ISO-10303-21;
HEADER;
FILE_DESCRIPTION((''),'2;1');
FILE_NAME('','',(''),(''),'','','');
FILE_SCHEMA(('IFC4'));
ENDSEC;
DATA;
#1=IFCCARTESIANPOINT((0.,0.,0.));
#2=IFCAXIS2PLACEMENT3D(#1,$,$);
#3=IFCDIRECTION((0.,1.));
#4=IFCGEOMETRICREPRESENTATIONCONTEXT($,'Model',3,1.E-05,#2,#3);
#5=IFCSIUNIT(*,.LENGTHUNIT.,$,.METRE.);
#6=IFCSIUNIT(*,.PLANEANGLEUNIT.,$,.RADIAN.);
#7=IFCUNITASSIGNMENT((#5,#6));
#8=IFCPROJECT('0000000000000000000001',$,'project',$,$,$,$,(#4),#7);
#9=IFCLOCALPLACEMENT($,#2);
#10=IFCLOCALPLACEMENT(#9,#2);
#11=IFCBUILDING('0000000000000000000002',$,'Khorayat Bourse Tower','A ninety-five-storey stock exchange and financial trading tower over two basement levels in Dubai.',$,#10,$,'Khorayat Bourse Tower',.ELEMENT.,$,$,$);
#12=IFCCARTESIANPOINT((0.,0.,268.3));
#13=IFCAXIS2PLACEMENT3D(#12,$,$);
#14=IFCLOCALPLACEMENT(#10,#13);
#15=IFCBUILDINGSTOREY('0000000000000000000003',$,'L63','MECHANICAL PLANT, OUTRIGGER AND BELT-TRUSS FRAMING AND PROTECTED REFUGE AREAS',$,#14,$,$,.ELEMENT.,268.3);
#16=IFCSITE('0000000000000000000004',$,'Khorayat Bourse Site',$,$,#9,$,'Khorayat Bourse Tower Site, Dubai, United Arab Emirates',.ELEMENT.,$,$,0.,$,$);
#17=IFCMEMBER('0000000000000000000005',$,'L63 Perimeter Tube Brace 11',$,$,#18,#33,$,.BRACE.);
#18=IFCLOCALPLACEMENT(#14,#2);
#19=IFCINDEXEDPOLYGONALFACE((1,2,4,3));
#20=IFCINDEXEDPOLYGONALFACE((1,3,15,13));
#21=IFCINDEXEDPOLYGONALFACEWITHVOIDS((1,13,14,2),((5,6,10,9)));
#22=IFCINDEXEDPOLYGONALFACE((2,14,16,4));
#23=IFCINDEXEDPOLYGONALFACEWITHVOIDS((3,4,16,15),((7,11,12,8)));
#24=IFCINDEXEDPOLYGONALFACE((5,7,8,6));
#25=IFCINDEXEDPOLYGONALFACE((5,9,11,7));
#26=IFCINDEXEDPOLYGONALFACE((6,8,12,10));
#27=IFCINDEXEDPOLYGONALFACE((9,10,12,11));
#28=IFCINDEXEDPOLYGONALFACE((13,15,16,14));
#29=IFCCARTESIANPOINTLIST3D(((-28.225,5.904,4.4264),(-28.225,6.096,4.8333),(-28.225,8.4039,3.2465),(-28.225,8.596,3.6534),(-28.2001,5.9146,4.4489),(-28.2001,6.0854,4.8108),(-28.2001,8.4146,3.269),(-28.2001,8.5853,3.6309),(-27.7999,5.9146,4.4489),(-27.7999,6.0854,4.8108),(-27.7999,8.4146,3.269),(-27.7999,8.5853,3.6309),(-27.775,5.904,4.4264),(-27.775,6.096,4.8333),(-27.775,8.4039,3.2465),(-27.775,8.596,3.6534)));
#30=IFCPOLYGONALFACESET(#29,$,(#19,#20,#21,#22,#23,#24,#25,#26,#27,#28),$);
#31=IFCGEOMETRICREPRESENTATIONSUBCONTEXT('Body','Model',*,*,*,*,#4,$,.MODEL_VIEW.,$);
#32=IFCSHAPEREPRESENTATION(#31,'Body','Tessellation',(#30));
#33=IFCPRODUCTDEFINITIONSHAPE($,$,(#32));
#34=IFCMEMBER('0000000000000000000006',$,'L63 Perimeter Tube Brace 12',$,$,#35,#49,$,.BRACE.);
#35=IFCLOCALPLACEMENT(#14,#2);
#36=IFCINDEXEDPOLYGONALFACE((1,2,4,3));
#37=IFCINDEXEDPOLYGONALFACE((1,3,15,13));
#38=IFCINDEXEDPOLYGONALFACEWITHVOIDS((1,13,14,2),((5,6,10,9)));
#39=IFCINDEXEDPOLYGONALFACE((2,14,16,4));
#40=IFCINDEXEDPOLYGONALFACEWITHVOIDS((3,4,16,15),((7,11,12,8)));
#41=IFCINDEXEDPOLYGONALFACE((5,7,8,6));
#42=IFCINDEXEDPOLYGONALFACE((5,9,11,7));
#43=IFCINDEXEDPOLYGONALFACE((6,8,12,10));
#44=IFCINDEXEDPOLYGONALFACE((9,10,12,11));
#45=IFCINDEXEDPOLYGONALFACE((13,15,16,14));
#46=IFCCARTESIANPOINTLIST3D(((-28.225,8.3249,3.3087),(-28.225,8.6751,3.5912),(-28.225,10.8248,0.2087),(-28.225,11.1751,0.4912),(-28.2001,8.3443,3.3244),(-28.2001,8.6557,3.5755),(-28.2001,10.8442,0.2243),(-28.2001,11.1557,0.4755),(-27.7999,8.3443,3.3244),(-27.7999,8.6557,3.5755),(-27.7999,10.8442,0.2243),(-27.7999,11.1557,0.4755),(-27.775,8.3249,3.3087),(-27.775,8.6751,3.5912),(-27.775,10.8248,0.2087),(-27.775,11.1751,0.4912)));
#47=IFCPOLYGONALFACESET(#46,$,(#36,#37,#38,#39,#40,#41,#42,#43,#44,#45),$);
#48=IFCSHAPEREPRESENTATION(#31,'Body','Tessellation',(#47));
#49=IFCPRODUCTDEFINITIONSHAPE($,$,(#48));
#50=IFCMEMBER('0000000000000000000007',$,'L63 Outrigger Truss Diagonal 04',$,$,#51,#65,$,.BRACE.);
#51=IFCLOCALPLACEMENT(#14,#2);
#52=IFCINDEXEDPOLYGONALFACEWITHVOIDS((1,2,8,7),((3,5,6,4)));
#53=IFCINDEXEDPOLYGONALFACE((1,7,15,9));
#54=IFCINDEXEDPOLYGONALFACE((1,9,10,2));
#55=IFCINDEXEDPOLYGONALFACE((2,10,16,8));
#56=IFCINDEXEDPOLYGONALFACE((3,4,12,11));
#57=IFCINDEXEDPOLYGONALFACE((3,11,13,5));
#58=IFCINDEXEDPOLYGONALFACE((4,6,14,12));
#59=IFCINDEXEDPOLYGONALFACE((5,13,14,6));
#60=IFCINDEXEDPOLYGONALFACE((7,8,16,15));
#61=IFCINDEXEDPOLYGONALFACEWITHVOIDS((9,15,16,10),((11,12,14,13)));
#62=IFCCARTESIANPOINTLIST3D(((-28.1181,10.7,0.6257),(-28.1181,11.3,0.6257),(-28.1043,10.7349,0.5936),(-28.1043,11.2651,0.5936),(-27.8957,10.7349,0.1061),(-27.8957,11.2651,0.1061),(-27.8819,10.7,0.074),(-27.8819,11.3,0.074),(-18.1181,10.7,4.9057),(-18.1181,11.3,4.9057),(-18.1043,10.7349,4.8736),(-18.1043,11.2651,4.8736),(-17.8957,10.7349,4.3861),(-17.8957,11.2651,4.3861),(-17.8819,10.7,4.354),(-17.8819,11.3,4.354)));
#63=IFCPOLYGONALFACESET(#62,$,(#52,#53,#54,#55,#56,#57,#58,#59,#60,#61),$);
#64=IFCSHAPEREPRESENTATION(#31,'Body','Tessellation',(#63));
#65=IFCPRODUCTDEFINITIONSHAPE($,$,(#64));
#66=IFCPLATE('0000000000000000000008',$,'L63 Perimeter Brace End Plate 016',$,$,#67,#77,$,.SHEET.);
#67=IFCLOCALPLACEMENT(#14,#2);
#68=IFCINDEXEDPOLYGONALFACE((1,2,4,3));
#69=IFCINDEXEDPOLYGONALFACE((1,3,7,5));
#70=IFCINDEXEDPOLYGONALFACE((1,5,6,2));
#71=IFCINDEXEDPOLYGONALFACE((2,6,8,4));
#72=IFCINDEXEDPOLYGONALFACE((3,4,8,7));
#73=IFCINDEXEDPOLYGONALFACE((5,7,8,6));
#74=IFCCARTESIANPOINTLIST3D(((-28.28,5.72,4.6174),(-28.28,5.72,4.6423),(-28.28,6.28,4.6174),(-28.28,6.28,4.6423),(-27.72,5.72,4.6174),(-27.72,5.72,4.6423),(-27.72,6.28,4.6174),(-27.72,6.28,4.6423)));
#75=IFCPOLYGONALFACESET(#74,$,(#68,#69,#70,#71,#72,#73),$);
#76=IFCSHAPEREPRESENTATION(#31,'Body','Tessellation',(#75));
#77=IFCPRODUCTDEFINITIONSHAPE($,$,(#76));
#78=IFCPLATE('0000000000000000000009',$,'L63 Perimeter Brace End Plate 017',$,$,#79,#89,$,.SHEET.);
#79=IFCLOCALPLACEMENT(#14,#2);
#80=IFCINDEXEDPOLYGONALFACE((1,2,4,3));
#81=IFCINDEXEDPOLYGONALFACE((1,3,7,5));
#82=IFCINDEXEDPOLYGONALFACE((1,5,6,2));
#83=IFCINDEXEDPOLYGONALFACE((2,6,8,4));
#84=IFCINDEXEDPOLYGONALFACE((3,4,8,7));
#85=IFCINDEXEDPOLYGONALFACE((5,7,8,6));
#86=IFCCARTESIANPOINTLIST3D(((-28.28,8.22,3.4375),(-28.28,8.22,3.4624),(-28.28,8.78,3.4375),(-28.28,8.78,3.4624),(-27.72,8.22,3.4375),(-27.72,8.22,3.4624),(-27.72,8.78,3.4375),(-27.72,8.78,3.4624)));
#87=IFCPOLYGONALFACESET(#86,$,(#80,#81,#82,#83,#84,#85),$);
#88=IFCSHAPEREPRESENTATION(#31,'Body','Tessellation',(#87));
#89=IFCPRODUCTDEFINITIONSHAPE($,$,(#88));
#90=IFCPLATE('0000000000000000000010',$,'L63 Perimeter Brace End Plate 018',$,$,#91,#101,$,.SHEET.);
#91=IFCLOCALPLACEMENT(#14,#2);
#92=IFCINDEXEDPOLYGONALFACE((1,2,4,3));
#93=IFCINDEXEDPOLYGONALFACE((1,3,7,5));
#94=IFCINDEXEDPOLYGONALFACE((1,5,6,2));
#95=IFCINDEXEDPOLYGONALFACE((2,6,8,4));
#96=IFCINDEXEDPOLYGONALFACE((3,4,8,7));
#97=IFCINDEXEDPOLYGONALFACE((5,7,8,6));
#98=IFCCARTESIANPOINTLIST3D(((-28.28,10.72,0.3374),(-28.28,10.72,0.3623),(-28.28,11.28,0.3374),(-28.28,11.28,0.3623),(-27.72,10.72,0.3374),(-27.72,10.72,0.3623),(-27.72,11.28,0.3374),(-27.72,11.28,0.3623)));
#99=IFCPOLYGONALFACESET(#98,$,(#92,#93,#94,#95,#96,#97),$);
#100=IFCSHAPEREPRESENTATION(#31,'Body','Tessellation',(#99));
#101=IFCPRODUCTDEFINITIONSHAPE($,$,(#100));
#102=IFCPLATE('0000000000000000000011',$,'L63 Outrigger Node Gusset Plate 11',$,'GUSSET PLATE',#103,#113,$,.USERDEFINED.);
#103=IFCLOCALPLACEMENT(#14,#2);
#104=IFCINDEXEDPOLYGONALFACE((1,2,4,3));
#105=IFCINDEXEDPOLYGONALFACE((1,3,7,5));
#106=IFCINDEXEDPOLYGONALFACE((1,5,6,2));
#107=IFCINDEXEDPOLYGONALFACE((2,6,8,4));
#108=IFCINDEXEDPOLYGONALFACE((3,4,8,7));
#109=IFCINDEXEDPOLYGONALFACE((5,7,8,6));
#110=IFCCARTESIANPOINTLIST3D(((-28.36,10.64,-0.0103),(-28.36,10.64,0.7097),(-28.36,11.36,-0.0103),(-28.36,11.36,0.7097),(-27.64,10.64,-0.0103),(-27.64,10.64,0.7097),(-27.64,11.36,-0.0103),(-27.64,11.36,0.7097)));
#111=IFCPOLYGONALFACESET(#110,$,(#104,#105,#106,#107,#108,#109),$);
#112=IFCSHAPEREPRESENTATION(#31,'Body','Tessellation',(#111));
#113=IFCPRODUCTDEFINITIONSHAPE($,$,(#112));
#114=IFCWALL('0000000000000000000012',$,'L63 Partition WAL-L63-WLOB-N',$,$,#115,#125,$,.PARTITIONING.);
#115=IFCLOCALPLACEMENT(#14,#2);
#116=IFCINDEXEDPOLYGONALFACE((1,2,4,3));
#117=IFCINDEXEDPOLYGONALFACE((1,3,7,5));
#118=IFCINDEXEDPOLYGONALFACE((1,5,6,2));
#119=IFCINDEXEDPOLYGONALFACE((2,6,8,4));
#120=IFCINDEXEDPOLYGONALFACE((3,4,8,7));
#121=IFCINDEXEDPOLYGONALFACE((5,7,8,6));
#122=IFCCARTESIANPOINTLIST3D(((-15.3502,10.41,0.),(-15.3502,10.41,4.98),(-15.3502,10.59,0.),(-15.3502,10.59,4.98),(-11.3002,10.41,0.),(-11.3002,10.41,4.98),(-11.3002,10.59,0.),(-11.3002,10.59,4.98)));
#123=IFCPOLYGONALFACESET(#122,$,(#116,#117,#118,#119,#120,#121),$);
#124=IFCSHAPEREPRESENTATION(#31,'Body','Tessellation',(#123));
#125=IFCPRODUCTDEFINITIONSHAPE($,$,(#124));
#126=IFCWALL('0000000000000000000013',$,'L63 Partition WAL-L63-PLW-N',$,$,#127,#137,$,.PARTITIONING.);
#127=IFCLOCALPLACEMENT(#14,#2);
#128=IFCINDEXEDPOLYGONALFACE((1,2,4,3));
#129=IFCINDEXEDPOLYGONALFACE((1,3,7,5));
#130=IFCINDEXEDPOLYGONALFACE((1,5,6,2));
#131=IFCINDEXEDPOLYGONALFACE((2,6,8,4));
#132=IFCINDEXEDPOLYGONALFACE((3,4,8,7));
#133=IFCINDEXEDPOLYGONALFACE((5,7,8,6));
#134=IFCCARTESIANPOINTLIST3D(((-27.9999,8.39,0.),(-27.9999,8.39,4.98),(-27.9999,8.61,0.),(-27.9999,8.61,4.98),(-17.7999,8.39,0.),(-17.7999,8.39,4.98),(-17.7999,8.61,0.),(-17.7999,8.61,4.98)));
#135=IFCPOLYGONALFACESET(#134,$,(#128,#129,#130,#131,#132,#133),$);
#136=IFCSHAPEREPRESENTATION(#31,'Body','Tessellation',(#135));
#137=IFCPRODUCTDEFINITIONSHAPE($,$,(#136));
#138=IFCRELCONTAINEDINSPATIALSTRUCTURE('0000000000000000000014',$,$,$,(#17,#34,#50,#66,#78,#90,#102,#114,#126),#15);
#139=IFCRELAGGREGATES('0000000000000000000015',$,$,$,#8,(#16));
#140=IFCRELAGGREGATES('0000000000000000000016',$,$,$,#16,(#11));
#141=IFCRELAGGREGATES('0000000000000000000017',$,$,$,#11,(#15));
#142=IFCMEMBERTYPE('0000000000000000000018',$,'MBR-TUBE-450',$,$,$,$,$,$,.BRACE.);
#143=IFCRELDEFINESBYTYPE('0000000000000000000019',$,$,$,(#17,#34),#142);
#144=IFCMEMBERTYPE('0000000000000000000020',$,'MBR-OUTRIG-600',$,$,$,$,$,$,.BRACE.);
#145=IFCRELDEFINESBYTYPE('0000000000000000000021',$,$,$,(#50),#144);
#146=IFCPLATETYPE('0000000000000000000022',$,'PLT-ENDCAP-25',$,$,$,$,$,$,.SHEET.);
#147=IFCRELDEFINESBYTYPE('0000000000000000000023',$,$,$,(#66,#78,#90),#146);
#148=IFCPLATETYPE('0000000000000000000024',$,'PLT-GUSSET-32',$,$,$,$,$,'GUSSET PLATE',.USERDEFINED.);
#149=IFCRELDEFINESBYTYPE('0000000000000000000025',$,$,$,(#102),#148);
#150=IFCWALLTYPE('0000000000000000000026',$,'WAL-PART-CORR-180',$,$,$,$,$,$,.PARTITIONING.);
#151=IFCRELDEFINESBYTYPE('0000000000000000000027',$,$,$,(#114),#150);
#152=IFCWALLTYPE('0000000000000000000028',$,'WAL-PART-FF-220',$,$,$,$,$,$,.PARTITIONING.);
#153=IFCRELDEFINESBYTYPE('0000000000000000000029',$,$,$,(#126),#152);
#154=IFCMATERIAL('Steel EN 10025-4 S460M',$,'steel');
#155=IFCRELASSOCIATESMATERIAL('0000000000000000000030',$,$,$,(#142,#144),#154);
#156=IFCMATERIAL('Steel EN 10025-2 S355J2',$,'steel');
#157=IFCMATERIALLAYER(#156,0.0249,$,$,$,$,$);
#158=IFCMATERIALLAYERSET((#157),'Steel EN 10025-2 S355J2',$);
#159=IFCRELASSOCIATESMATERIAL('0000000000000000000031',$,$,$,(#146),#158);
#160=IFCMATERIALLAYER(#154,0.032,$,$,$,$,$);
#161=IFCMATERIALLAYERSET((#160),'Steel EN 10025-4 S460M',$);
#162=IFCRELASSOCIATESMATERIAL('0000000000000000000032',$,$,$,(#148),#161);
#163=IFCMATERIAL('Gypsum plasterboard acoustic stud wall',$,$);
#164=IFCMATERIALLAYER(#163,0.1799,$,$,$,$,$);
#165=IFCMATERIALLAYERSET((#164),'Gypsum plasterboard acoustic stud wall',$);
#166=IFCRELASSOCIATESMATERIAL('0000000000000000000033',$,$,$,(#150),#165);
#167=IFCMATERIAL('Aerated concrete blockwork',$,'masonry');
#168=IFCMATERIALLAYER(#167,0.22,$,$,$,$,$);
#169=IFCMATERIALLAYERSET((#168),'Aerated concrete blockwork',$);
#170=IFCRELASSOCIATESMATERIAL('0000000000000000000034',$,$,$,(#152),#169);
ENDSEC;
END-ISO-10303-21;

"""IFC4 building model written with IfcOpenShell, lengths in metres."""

from ifc_helpers import new_model, si_unit, direction, frame, frame_2d, origin, origin_2d, place, context, subcontext, project, spatial, rectangle, hollow_rectangle, extrude, source, transform, mapped, material, layer, layer_set, material_profile, profile_set, type_object, element, save


model = new_model("IFC4")

# Units and contexts
model_context = context("Model", 3, precision=1e-05, world=origin(), true_north=direction((0.0, 1.0)))
body_context = subcontext(model_context, "Body", "Model", "MODEL_VIEW")
ifc_project = project(units=[si_unit("LENGTHUNIT", "METRE"), si_unit("PLANEANGLEUNIT", "RADIAN")], contexts=[model_context])

# Site, building, storey
site_placement = place(None, origin())
site = spatial("IfcSite", under=ifc_project, at=site_placement, Name="Khorayat Bourse Site", LongName="Khorayat Bourse Tower Site, Dubai, United Arab Emirates", CompositionType="ELEMENT", RefElevation=0.0)
building_placement = place(site_placement, origin())
building = spatial("IfcBuilding", under=site, at=building_placement, Name="Khorayat Bourse Tower", Description="A ninety-five-storey stock exchange and financial trading tower over two basement levels in Dubai.", LongName="Khorayat Bourse Tower", CompositionType="ELEMENT")
storey_placement = place(building_placement, frame((0.0, 0.0, 268.3)))
storey = spatial("IfcBuildingStorey", under=building, at=storey_placement, Name="L63", Description="MECHANICAL PLANT, OUTRIGGER AND BELT-TRUSS FRAMING AND PROTECTED REFUGE AREAS", CompositionType="ELEMENT", Elevation=268.3)

# Shared definitions
ifc_material_1 = material(Name="Steel EN 10025-4 S460M", Category="steel")

# Members
ifc_material_profile_1 = material_profile(ifc_material_1, hollow_rectangle(XDim=0.45, YDim=0.45, WallThickness=0.0249, at=origin_2d()), Name="HSS 450x450x25")
ifc_profile_set_1 = profile_set([ifc_material_profile_1], Name="Steel EN 10025-4 S460M")
member_type_1 = type_object("IfcMemberType", Name="MBR-TUBE-450", PredefinedType="BRACE", material=ifc_profile_set_1)
shared_shape_1 = source(origin(), body_context, "Body", "SweptSolid", [
    extrude(hollow_rectangle(XDim=0.45, YDim=0.45, WallThickness=0.0249, at=origin_2d()), origin(), (0.0, 0.0, 1.0), 2.7644),
])
member_1_placement = place(storey_placement, frame((-28.0, 6.0, 4.6299), z_axis=(0.0, 0.904336, -0.426822), x_axis=(-1.0, 0.0, 0.0)))
element("IfcMember", 1, at=member_1_placement, inside=storey, type_object=member_type_1, Name="L63 Perimeter Tube Brace 11", PredefinedType="BRACE", context=body_context, shape_type="MappedRepresentation", body=[
    mapped(shared_shape_1, transform((0.0, 0.0, 0.0), scale=1.0)),
])
shared_shape_2 = source(origin(), body_context, "Body", "SweptSolid", [
    extrude(hollow_rectangle(XDim=0.45, YDim=0.45, WallThickness=0.0249, at=origin_2d()), origin(), (0.0, 0.0, 1.0), 3.9824),
])
member_2_placement = place(storey_placement, frame((-28.0, 8.5, 3.45), z_axis=(0.0, 0.62774, -0.778423), x_axis=(-1.0, 0.0, 0.0)))
element("IfcMember", 2, at=member_2_placement, inside=storey, type_object=member_type_1, Name="L63 Perimeter Tube Brace 12", PredefinedType="BRACE", context=body_context, shape_type="MappedRepresentation", body=[
    mapped(shared_shape_2, transform((0.0, 0.0, 0.0), scale=1.0)),
])
ifc_material_profile_2 = material_profile(ifc_material_1, hollow_rectangle(XDim=0.6001, YDim=0.6001, WallThickness=0.0349, at=origin_2d()), Name="BOX 600x600x35")
ifc_profile_set_2 = profile_set([ifc_material_profile_2], Name="Steel EN 10025-4 S460M")
member_type_2 = type_object("IfcMemberType", Name="MBR-OUTRIG-600", PredefinedType="BRACE", material=ifc_profile_set_2)
shared_shape_3 = source(origin(), body_context, "Body", "SweptSolid", [
    extrude(hollow_rectangle(XDim=0.6001, YDim=0.6001, WallThickness=0.0349, at=origin_2d()), origin(), (0.0, 0.0, 1.0), 10.8774),
])
member_3_placement = place(storey_placement, frame((-18.0, 11.0, 4.6299), z_axis=(-0.919334, 0.0, -0.393478), x_axis=(0.0, -1.0, 0.0)))
element("IfcMember", 3, at=member_3_placement, inside=storey, type_object=member_type_2, Name="L63 Outrigger Truss Diagonal 04", PredefinedType="BRACE", context=body_context, shape_type="MappedRepresentation", body=[
    mapped(shared_shape_3, transform((0.0, 0.0, 0.0), scale=1.0)),
])

# Plates
ifc_material_2 = material(Name="Steel EN 10025-2 S355J2", Category="steel")
ifc_layer_1 = layer(ifc_material_2, 0.0249)
ifc_layer_set_1 = layer_set([ifc_layer_1], Name="Steel EN 10025-2 S355J2")
plate_type_1 = type_object("IfcPlateType", Name="PLT-ENDCAP-25", PredefinedType="SHEET", material=ifc_layer_set_1)
shared_shape_4 = source(origin(), body_context, "Body", "SweptSolid", [
    extrude(rectangle(XDim=0.5601, YDim=0.5601, at=origin_2d()), origin(), (0.0, 0.0, 1.0), 0.0249),
])
for number, where, z_axis, x_axis, name in (
    (4, (-28.0, 6.0, 4.6174), (0.0, 0.0, 1.0), (1.0, 0.0, 0.0), "L63 Perimeter Brace End Plate 016"),
    (5, (-28.0, 8.5, 3.4375), (0.0, 0.0, 1.0), (1.0, 0.0, 0.0), "L63 Perimeter Brace End Plate 017"),
    (6, (-28.0, 11.0, 0.3374), (0.0, 0.0, 1.0), (1.0, 0.0, 0.0), "L63 Perimeter Brace End Plate 018"),
):
    element("IfcPlate", number, at=place(storey_placement, frame(where, z_axis=z_axis, x_axis=x_axis)), inside=storey, type_object=plate_type_1, Name=name, PredefinedType="SHEET", context=body_context, shape_type="MappedRepresentation", body=[
        mapped(shared_shape_4, transform((0.0, 0.0, 0.0), scale=1.0)),
    ])
ifc_layer_2 = layer(ifc_material_1, 0.032)
ifc_layer_set_2 = layer_set([ifc_layer_2], Name="Steel EN 10025-4 S460M")
plate_type_2 = type_object("IfcPlateType", Name="PLT-GUSSET-32", ElementType="GUSSET PLATE", PredefinedType="USERDEFINED", material=ifc_layer_set_2)
shared_shape_5 = source(origin(), body_context, "Body", "SweptSolid", [
    extrude(rectangle(XDim=0.72, YDim=0.72, at=origin_2d()), origin(), (0.0, 0.0, 1.0), 0.72),
])
plate_placement = place(storey_placement, frame((-28.0, 11.0, -0.0103), z_axis=(0.0, 0.0, 1.0), x_axis=(1.0, 0.0, 0.0)))
element("IfcPlate", 7, at=plate_placement, inside=storey, type_object=plate_type_2, Name="L63 Outrigger Node Gusset Plate 11", ObjectType="GUSSET PLATE", PredefinedType="USERDEFINED", context=body_context, shape_type="MappedRepresentation", body=[
    mapped(shared_shape_5, transform((0.0, 0.0, 0.0), scale=1.0)),
])

# Walls
ifc_material_3 = material(Name="Gypsum plasterboard acoustic stud wall")
ifc_layer_3 = layer(ifc_material_3, 0.1799)
ifc_layer_set_3 = layer_set([ifc_layer_3], Name="Gypsum plasterboard acoustic stud wall")
wall_type_1 = type_object("IfcWallType", Name="WAL-PART-CORR-180", PredefinedType="PARTITIONING", material=ifc_layer_set_3)
shared_shape_6 = source(origin(), body_context, "Body", "SweptSolid", [
    extrude(rectangle(XDim=4.05, YDim=0.1799, at=frame_2d((2.0249, 0.0))), origin(), (0.0, 0.0, 1.0), 4.98),
])
wall_1_placement = place(storey_placement, frame((-15.3501, 10.5, 0.0), z_axis=(0.0, 0.0, 1.0), x_axis=(1.0, 0.0, 0.0)))
element("IfcWall", 8, at=wall_1_placement, inside=storey, type_object=wall_type_1, Name="L63 Partition WAL-L63-WLOB-N", PredefinedType="PARTITIONING", context=body_context, shape_type="MappedRepresentation", body=[
    mapped(shared_shape_6, transform((0.0, 0.0, 0.0), scale=1.0)),
])
ifc_material_4 = material(Name="Aerated concrete blockwork", Category="masonry")
ifc_layer_4 = layer(ifc_material_4, 0.22)
ifc_layer_set_4 = layer_set([ifc_layer_4], Name="Aerated concrete blockwork")
wall_type_2 = type_object("IfcWallType", Name="WAL-PART-FF-220", PredefinedType="PARTITIONING", material=ifc_layer_set_4)
shared_shape_7 = source(origin(), body_context, "Body", "SweptSolid", [
    extrude(rectangle(XDim=10.2, YDim=0.22, at=frame_2d((5.1001, 0.0))), origin(), (0.0, 0.0, 1.0), 4.98),
])
wall_2_placement = place(storey_placement, frame((-28.0, 8.5, 0.0), z_axis=(0.0, 0.0, 1.0), x_axis=(1.0, 0.0, 0.0)))
element("IfcWall", 9, at=wall_2_placement, inside=storey, type_object=wall_type_2, Name="L63 Partition WAL-L63-PLW-N", PredefinedType="PARTITIONING", context=body_context, shape_type="MappedRepresentation", body=[
    mapped(shared_shape_7, transform((0.0, 0.0, 0.0), scale=1.0)),
])

save(model, "model.ifc")
